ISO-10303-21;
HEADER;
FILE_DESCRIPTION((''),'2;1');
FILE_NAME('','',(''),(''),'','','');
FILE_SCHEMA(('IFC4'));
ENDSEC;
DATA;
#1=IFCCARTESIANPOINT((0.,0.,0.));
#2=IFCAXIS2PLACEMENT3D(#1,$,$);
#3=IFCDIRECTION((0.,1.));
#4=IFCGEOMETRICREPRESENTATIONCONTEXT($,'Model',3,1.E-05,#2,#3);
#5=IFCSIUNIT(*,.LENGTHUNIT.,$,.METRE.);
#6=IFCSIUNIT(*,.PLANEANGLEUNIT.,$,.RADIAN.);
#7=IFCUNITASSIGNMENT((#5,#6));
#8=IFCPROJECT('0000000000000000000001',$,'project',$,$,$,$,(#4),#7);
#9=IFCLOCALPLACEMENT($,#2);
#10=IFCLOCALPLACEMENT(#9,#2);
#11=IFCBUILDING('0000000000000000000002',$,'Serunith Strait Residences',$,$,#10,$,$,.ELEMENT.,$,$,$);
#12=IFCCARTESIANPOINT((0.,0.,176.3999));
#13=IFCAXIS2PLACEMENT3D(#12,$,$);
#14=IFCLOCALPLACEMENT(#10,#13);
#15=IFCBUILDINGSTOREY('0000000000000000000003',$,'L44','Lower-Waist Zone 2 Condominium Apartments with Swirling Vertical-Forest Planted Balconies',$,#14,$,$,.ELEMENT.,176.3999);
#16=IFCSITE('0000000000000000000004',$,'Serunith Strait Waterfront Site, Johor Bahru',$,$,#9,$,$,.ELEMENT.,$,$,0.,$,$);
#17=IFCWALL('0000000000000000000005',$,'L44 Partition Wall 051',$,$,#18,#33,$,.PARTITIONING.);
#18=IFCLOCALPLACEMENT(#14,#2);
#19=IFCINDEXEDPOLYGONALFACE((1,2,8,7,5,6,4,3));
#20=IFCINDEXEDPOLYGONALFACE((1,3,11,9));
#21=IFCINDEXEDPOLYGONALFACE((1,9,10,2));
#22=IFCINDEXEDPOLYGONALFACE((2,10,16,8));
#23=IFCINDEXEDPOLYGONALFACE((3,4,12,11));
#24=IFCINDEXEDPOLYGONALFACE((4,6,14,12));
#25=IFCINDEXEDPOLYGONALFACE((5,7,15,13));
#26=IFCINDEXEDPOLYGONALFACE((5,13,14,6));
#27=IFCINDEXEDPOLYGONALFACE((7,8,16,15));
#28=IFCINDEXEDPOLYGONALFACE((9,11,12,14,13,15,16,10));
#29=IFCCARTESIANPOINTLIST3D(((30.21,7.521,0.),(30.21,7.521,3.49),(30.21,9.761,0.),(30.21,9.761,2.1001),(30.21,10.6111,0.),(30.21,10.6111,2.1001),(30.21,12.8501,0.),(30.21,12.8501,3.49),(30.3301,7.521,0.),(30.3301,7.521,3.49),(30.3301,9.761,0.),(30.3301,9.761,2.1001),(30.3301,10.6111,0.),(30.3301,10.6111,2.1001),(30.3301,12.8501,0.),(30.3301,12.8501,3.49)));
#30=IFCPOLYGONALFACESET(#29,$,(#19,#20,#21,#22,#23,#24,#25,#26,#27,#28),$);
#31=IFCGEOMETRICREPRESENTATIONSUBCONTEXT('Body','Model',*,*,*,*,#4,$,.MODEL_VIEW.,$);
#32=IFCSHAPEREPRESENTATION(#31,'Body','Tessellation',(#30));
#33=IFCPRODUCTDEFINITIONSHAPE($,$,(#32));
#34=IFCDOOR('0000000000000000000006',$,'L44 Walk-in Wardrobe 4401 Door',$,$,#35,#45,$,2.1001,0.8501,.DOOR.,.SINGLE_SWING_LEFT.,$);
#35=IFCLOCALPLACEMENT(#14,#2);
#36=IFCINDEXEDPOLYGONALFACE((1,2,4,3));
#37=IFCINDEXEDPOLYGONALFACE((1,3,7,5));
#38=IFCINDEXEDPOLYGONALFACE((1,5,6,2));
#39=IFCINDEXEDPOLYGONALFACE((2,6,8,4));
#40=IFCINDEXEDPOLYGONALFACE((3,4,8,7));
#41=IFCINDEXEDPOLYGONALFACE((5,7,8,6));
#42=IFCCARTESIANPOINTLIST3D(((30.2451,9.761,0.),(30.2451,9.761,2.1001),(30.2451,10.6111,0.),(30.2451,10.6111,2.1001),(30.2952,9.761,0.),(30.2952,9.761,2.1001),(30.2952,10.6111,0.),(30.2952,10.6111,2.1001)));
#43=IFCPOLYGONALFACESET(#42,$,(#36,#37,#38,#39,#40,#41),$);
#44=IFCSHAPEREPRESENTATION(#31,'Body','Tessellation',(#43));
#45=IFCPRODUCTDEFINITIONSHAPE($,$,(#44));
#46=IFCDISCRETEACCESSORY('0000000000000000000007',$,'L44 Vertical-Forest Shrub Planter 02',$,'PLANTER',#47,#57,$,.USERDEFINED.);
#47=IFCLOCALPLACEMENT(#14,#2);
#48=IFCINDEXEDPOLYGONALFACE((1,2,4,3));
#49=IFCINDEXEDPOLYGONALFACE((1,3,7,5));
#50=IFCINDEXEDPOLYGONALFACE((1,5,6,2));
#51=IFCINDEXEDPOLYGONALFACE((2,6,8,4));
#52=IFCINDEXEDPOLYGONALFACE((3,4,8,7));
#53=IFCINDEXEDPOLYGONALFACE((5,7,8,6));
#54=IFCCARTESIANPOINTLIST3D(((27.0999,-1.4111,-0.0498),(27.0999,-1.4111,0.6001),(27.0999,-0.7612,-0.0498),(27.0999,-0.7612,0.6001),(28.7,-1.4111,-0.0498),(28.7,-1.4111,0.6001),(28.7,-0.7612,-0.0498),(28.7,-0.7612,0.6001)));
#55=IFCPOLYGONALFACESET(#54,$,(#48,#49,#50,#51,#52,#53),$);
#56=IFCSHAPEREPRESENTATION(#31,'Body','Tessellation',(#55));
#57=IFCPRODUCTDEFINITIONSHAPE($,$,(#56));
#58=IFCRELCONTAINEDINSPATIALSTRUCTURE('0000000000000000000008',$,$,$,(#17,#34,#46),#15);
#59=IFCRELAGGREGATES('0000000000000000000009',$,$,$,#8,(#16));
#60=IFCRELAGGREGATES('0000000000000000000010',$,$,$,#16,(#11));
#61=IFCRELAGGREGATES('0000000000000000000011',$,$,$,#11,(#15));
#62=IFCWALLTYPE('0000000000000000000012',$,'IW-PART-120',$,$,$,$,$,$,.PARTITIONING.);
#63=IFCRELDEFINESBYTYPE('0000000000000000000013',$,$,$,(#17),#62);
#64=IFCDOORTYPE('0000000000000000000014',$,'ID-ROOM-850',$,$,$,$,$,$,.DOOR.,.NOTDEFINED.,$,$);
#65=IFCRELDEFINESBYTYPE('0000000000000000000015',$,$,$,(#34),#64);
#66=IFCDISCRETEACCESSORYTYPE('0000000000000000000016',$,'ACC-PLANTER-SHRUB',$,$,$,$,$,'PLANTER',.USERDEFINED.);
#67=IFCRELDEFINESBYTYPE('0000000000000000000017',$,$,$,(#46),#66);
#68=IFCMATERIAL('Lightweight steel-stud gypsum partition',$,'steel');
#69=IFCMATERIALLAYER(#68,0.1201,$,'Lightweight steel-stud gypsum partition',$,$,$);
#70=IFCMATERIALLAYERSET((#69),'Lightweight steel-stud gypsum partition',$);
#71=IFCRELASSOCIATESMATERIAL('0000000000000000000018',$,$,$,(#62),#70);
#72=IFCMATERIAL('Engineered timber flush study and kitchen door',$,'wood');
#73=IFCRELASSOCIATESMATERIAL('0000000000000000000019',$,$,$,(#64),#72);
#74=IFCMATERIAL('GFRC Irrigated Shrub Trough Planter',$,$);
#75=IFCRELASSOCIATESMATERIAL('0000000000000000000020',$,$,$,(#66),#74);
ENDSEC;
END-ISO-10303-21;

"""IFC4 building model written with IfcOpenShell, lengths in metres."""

from ifc_helpers import new_model, si_unit, direction, frame, frame_2d, origin, origin_2d, place, context, subcontext, project, spatial, rectangle, extrude, source, transform, mapped, material, layer, layer_set, type_object, element, fill, save


model = new_model("IFC4")

# Units and contexts
model_context = context("Model", 3, precision=1e-05, world=origin(), true_north=direction((0.0, 1.0)))
body_context = subcontext(model_context, "Body", "Model", "MODEL_VIEW")
ifc_project = project(units=[si_unit("LENGTHUNIT", "METRE"), si_unit("PLANEANGLEUNIT", "RADIAN")], contexts=[model_context])

# Site, building, storey
site_placement = place(None, origin())
site = spatial("IfcSite", under=ifc_project, at=site_placement, Name="Serunith Strait Waterfront Site, Johor Bahru", CompositionType="ELEMENT", RefElevation=0.0)
building_placement = place(site_placement, origin())
building = spatial("IfcBuilding", under=site, at=building_placement, Name="Serunith Strait Residences", CompositionType="ELEMENT")
storey_placement = place(building_placement, frame((0.0, 0.0, 176.3999)))
storey = spatial("IfcBuildingStorey", under=building, at=storey_placement, Name="L44", Description="Lower-Waist Zone 2 Condominium Apartments with Swirling Vertical-Forest Planted Balconies", CompositionType="ELEMENT", Elevation=176.3999)

# Shared definitions
ifc_material_1 = material(Name="Lightweight steel-stud gypsum partition", Category="steel")
ifc_layer_1 = layer(ifc_material_1, 0.1201, Name="Lightweight steel-stud gypsum partition")
ifc_layer_set_1 = layer_set([ifc_layer_1], Name="Lightweight steel-stud gypsum partition")
wall_type = type_object("IfcWallType", Name="IW-PART-120", PredefinedType="PARTITIONING", material=ifc_layer_set_1)
ifc_material_2 = material(Name="Engineered timber flush study and kitchen door", Category="wood")
door_type_1 = type_object("IfcDoorType", Name="ID-ROOM-850", OperationType="NOTDEFINED", PredefinedType="DOOR", material=ifc_material_2)
shared_shape_1 = source(origin(), body_context, "Body", "SweptSolid", [
    extrude(rectangle(XDim=0.8501, YDim=2.1001, at=frame_2d((0.425, 1.05))), frame((0.0, 0.0249, 0.0), z_axis=(0.0, -1.0, 0.0), x_axis=(1.0, 0.0, 0.0)), (0.0, 0.0, 1.0), 0.05),
])

# Wall, opening, door
wall_1_placement = place(storey_placement, frame((30.27, 7.521, 0.0), z_axis=(0.0, 0.0, 1.0), x_axis=(0.0, 1.0, 0.0)))
wall_1 = element("IfcWall", 1, at=wall_1_placement, inside=storey, type_object=wall_type, Name="L44 Partition Wall 051", PredefinedType="PARTITIONING", context=body_context, shape_type="SweptSolid", body=[
    extrude(rectangle(XDim=5.3291, YDim=0.1201, at=frame_2d((2.6646, 0.0))), origin(), (0.0, 0.0, 1.0), 3.49),
])
opening_1_placement = place(wall_1_placement, frame((2.24, 0.0, 0.0)))
opening_1 = element("IfcOpeningElement", 2, at=opening_1_placement, cuts=wall_1, PredefinedType="OPENING", context=body_context, shape_type="SweptSolid", body=[
    extrude(rectangle(XDim=0.8501, YDim=2.1001, at=frame_2d((0.425, 1.05))), frame((0.0, 0.0701, 0.0), z_axis=(0.0, -1.0, 0.0), x_axis=(1.0, 0.0, 0.0)), (0.0, 0.0, 1.0), 0.1401),
])
door_1_placement = place(opening_1_placement, origin())
door_1 = element("IfcDoor", 3, at=door_1_placement, inside=storey, type_object=door_type_1, Name="L44 Walk-in Wardrobe 4401 Door", OperationType="SINGLE_SWING_LEFT", OverallHeight=2.1001, OverallWidth=0.8501, PredefinedType="DOOR", context=body_context, shape_type="MappedRepresentation", body=[
    mapped(shared_shape_1, transform((0.0, 0.0, 0.0), scale=1.0)),
])
fill(opening_1, door_1)

# Discrete accessory
ifc_material_3 = material(Name="GFRC Irrigated Shrub Trough Planter")
discrete_accessory_type = type_object("IfcDiscreteAccessoryType", Name="ACC-PLANTER-SHRUB", ElementType="PLANTER", PredefinedType="USERDEFINED", material=ifc_material_3)
shared_shape_2 = source(origin(), body_context, "Body", "SweptSolid", [
    extrude(rectangle(XDim=1.6001, YDim=0.6499, at=origin_2d()), origin(), (0.0, 0.0, 1.0), 0.6499),
])
discrete_accessory_placement = place(storey_placement, frame((27.8999, -1.0862, -0.0498), z_axis=(0.0, 0.0, 1.0), x_axis=(1.0, 0.0, 0.0)))
element("IfcDiscreteAccessory", 4, at=discrete_accessory_placement, inside=storey, type_object=discrete_accessory_type, Name="L44 Vertical-Forest Shrub Planter 02", ObjectType="PLANTER", PredefinedType="USERDEFINED", context=body_context, shape_type="MappedRepresentation", body=[
    mapped(shared_shape_2, transform((0.0, 0.0, 0.0), scale=1.0)),
])

save(model, "model.ifc")
